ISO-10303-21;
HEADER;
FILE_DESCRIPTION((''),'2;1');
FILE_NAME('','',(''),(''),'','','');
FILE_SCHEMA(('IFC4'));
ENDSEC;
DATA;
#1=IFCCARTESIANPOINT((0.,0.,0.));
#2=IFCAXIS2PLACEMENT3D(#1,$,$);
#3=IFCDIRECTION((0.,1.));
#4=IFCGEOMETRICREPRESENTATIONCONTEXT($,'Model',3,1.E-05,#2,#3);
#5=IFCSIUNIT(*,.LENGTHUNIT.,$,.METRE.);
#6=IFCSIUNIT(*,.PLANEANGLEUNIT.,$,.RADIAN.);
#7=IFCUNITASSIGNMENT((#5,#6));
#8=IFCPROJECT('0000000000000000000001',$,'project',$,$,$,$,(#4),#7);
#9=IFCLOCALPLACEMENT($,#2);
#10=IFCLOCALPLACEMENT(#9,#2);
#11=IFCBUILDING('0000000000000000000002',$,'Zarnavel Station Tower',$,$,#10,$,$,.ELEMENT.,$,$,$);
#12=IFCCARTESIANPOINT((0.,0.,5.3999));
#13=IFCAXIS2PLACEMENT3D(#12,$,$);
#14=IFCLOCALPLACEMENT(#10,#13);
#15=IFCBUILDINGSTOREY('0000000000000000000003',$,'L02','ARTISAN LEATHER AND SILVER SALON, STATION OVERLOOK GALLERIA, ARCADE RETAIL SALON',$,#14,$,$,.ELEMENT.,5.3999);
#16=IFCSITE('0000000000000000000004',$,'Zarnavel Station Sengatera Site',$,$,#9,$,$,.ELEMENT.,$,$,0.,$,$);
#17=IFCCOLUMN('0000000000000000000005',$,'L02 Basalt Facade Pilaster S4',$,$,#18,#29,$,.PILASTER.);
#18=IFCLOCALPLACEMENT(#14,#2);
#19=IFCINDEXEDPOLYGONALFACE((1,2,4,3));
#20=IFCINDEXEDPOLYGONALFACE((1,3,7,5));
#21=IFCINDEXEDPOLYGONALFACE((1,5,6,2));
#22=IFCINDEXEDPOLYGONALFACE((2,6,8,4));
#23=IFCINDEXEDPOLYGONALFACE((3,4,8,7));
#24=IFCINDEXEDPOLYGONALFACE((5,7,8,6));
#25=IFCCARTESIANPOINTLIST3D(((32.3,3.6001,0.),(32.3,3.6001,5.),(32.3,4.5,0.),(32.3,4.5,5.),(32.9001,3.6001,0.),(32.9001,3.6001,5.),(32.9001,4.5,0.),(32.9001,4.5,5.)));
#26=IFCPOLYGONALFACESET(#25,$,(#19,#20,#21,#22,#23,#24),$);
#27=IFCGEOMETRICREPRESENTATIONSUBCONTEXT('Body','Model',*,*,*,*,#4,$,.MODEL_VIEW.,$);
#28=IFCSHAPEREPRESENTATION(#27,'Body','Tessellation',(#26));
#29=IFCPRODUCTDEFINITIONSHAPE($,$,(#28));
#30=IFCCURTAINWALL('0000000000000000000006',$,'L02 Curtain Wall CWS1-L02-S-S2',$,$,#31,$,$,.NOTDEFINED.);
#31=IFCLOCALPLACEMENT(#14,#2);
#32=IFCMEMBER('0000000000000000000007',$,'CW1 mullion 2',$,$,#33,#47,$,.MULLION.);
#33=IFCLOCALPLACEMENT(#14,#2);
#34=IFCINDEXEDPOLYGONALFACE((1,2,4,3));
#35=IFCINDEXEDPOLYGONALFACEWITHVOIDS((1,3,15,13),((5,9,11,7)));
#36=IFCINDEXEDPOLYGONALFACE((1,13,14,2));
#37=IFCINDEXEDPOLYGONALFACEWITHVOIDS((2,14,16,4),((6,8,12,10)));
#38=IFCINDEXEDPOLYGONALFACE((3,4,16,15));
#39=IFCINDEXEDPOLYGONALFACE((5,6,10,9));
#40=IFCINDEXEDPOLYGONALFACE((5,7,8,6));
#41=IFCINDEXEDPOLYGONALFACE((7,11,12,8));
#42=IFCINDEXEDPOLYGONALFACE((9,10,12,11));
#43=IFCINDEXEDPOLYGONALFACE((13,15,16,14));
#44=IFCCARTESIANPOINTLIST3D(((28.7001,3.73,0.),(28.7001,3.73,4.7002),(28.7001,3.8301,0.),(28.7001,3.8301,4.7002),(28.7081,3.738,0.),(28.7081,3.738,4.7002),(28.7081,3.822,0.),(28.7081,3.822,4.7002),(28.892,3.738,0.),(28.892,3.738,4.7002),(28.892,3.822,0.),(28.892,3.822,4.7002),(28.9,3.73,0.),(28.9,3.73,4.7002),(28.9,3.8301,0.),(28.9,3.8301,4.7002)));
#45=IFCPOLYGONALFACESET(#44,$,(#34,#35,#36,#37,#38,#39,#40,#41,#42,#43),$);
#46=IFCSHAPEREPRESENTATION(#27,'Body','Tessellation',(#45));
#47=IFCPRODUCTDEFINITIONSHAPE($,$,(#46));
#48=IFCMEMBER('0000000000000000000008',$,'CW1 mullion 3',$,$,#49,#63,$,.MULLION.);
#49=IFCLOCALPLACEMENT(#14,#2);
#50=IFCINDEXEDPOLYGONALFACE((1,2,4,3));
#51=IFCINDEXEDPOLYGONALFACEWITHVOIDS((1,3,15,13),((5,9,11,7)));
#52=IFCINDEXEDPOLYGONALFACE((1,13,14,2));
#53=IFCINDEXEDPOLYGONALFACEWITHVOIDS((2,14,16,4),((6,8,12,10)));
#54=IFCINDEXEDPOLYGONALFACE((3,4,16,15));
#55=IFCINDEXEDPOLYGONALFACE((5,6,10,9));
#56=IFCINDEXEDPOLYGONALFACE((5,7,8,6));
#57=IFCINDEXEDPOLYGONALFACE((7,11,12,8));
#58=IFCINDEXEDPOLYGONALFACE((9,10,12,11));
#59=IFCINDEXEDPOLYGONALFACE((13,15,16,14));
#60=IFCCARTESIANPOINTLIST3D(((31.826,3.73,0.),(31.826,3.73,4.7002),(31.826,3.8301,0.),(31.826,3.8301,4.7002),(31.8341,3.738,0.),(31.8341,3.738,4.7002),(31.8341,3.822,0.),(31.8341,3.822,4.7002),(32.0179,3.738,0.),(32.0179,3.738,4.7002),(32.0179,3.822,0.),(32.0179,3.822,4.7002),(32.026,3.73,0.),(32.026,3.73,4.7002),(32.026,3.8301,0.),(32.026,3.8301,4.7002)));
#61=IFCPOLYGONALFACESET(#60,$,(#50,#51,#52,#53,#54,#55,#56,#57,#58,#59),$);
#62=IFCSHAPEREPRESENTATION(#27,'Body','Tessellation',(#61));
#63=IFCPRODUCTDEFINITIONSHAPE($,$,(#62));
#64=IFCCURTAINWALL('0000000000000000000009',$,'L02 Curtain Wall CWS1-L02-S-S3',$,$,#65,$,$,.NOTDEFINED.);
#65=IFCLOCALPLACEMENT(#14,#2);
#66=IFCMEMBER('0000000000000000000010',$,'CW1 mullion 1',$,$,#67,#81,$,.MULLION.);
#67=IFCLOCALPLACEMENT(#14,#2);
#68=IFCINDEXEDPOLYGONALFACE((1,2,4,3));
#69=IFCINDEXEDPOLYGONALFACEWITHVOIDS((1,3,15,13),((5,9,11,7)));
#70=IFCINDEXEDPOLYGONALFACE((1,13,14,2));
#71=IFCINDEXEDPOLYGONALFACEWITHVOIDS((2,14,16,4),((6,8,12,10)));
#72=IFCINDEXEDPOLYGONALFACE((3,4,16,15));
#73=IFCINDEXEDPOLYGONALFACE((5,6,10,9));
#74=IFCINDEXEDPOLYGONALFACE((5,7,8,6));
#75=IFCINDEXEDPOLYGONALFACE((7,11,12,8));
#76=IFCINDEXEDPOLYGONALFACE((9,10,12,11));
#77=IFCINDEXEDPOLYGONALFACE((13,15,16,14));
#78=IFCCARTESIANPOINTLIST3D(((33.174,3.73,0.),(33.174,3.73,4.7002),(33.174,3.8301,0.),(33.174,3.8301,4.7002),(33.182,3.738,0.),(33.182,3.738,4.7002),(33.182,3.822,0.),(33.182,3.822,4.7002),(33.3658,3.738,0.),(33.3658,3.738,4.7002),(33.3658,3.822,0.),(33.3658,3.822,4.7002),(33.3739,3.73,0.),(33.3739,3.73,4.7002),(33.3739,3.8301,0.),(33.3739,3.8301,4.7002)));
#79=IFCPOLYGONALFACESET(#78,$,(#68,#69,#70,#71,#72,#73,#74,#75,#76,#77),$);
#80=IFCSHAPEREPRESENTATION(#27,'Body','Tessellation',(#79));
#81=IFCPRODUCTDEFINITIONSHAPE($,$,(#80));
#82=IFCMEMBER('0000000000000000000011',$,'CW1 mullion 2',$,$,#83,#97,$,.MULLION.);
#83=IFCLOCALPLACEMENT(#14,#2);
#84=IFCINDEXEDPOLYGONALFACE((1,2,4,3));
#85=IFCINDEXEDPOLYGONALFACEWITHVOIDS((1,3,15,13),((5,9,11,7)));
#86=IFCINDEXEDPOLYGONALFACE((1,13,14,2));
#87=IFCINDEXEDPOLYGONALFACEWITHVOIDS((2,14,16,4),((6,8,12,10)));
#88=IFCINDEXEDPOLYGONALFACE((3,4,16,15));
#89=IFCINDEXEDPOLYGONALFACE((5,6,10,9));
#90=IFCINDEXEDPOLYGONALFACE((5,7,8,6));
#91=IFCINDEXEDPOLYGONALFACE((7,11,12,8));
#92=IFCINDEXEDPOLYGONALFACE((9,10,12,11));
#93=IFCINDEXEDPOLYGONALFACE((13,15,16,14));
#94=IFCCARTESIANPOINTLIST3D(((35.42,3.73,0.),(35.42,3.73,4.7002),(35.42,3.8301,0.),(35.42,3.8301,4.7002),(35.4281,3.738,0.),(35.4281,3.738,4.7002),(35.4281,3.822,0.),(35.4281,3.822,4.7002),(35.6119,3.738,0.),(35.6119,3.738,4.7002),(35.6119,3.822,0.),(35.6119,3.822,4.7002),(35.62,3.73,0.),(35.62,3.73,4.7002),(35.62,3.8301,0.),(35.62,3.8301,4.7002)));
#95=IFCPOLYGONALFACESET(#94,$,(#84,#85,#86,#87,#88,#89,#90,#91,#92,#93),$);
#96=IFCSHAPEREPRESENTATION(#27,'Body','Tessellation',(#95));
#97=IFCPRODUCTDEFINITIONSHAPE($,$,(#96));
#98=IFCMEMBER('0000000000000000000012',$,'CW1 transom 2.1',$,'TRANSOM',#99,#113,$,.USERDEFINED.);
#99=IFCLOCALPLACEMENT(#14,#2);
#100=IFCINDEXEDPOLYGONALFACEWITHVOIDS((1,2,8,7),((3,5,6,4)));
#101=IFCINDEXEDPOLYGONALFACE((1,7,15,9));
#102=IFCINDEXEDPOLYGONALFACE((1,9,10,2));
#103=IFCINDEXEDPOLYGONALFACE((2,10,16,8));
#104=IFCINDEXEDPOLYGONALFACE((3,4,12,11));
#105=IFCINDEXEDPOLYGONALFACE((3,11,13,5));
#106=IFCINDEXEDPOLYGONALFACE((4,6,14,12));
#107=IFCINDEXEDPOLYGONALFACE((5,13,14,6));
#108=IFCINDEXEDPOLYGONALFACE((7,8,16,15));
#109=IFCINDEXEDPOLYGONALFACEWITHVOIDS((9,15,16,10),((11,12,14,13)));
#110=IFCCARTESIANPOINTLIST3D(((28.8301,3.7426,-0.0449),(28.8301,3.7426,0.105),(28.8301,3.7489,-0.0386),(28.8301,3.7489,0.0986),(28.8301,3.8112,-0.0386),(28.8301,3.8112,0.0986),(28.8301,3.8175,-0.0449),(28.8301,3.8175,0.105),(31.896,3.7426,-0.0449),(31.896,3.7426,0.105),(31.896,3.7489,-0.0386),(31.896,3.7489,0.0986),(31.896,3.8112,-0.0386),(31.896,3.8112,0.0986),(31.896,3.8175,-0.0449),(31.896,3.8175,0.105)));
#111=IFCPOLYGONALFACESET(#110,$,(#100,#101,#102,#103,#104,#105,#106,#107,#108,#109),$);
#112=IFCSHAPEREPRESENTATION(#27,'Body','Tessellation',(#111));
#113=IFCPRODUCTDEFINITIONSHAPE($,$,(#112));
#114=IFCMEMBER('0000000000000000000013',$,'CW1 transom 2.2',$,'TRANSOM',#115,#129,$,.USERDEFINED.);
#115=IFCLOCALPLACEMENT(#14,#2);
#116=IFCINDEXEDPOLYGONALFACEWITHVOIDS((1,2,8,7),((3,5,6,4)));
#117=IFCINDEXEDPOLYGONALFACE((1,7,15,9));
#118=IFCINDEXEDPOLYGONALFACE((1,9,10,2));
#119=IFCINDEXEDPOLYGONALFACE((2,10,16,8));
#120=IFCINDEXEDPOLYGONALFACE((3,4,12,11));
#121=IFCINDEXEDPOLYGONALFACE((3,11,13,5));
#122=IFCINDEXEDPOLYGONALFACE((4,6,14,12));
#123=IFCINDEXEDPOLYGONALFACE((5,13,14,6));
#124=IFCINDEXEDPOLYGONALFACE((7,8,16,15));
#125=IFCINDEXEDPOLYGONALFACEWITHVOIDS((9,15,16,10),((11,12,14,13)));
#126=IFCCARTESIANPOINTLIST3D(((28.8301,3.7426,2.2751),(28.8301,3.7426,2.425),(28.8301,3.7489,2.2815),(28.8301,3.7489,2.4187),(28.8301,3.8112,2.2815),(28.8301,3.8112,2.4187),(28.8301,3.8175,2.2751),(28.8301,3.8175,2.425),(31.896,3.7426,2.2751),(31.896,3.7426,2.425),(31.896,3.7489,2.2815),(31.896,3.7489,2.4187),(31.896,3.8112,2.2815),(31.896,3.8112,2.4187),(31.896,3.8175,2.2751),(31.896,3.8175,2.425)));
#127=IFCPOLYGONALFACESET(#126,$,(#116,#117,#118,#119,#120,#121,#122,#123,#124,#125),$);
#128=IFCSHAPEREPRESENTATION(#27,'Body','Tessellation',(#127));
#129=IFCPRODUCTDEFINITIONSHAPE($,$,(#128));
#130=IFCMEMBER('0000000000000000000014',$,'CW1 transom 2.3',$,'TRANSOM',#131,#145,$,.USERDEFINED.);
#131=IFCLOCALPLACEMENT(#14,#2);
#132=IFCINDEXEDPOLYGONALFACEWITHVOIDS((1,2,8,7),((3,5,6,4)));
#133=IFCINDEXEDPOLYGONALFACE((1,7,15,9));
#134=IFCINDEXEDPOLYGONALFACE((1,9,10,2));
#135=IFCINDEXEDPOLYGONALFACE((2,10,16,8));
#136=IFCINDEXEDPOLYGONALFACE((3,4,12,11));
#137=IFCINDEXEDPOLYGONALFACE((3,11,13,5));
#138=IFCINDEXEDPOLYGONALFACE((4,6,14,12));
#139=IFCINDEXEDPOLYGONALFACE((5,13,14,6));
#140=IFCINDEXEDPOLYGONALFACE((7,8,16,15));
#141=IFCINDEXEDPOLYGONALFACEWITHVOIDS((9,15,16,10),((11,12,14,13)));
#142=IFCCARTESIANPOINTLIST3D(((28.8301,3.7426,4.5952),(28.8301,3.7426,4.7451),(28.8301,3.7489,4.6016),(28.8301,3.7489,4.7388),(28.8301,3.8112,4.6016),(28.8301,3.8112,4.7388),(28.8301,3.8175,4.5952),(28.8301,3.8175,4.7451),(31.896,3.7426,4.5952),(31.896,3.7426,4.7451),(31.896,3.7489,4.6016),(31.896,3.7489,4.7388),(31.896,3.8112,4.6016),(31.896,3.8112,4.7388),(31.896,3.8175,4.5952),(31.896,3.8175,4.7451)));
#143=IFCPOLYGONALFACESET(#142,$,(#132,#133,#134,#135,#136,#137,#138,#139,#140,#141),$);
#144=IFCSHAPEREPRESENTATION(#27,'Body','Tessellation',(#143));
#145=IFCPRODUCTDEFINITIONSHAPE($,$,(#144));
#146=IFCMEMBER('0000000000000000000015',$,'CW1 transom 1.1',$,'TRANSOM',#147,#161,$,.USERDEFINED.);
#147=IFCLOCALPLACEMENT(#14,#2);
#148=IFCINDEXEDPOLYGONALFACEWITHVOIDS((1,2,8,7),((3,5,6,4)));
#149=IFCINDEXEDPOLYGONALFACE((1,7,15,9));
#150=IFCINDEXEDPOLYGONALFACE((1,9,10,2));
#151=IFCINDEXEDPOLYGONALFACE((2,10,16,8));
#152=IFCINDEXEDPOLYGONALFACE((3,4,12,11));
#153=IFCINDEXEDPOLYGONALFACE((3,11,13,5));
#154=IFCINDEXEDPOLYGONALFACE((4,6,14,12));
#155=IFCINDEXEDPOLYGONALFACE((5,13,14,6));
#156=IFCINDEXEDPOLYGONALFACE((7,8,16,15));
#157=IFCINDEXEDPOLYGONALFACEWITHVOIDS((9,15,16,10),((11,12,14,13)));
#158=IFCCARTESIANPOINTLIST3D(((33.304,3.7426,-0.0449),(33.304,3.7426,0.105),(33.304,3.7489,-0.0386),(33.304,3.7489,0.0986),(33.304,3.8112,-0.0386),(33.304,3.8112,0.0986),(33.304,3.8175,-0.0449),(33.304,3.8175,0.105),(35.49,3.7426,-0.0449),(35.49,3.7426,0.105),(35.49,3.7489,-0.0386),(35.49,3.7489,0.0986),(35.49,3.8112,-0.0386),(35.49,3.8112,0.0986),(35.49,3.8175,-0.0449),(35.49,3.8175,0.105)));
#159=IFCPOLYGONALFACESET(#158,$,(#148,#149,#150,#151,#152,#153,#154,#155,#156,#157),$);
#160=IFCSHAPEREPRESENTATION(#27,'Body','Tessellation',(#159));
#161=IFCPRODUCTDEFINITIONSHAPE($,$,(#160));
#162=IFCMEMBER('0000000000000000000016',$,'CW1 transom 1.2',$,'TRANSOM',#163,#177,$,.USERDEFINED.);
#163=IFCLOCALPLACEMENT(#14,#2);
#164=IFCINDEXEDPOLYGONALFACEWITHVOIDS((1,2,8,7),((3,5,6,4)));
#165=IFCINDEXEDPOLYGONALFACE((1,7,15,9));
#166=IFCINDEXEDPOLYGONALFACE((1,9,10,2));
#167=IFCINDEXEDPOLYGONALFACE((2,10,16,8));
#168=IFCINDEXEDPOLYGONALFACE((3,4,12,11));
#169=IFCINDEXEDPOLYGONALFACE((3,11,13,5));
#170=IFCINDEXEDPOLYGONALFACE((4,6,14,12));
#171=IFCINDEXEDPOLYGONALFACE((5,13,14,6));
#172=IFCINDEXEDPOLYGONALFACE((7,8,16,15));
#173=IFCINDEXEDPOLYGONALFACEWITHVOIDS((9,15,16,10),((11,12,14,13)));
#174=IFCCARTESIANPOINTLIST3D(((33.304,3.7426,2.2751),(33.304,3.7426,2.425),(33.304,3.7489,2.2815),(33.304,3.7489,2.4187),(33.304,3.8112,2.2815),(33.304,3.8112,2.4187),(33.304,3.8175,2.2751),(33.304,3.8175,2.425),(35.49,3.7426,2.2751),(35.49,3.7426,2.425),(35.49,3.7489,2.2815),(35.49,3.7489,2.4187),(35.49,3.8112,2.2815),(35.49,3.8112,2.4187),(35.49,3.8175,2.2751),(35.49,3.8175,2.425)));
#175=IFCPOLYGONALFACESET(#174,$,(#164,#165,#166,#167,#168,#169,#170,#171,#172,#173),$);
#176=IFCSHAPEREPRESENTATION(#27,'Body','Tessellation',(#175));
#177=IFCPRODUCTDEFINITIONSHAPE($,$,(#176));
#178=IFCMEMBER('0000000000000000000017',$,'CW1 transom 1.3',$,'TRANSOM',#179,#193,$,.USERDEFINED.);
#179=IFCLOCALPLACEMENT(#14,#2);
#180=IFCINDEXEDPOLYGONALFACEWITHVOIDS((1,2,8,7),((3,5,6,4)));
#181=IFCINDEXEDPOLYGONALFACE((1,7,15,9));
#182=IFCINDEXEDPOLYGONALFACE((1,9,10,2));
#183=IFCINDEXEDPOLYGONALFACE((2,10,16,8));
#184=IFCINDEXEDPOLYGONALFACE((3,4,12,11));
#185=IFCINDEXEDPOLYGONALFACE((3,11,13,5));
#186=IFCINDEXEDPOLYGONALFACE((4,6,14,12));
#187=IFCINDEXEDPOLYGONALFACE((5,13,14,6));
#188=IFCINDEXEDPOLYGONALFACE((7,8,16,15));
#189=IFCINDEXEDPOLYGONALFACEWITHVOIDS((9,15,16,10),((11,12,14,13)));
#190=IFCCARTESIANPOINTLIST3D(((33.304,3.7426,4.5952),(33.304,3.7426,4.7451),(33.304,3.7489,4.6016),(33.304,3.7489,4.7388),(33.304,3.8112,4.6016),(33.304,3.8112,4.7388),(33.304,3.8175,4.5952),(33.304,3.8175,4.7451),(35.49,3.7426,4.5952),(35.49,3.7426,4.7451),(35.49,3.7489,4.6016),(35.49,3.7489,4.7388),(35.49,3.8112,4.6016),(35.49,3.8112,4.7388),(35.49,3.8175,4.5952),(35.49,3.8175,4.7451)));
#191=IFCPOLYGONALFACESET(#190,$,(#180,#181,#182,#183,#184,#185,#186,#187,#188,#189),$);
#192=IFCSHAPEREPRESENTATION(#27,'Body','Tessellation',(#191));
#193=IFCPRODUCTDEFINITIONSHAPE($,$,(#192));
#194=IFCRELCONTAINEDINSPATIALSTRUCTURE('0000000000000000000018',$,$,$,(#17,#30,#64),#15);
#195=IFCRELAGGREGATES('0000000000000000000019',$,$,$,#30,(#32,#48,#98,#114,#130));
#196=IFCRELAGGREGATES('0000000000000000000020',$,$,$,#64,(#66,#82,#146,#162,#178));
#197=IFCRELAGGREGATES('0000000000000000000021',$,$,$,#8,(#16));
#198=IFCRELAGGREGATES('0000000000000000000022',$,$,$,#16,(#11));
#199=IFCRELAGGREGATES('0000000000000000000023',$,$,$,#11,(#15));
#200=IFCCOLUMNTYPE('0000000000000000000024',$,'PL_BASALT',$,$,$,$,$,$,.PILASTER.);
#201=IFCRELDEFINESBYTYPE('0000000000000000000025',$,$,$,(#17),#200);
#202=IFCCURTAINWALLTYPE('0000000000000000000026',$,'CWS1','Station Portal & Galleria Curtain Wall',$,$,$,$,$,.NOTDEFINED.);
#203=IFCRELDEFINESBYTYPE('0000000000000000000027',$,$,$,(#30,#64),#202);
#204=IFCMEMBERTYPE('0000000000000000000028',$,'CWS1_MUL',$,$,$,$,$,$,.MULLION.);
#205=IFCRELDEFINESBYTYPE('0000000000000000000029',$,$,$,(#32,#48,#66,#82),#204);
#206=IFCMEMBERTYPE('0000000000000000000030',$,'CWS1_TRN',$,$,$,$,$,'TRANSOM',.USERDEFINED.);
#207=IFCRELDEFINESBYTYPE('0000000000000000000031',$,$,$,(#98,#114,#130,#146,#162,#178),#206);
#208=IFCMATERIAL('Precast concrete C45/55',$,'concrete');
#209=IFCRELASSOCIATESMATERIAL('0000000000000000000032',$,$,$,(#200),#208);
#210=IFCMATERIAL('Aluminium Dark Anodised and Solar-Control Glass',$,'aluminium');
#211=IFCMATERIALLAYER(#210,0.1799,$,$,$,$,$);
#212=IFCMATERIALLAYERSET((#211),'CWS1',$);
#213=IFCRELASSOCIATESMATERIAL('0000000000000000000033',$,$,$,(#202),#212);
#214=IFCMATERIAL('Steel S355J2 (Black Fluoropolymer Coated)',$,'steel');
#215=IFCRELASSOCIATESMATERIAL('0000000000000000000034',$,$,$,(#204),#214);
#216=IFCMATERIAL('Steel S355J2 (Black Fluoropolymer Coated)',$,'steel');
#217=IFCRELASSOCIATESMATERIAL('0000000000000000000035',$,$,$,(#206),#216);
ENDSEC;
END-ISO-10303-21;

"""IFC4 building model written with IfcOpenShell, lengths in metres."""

from ifc_helpers import new_model, si_unit, direction, frame, origin, origin_2d, place, context, subcontext, project, spatial, rectangle, hollow_rectangle, extrude, material, layer, layer_set, material_profile, profile_set, type_object, element, aggregate, save


model = new_model("IFC4")

# Units and contexts
model_context = context("Model", 3, precision=1e-05, world=origin(), true_north=direction((0.0, 1.0)))
body_context = subcontext(model_context, "Body", "Model", "MODEL_VIEW")
ifc_project = project(units=[si_unit("LENGTHUNIT", "METRE"), si_unit("PLANEANGLEUNIT", "RADIAN")], contexts=[model_context])

# Site, building, storey
site_placement = place(None, origin())
site = spatial("IfcSite", under=ifc_project, at=site_placement, Name="Zarnavel Station Sengatera Site", CompositionType="ELEMENT", RefElevation=0.0)
building_placement = place(site_placement, origin())
building = spatial("IfcBuilding", under=site, at=building_placement, Name="Zarnavel Station Tower", CompositionType="ELEMENT")
storey_placement = place(building_placement, frame((0.0, 0.0, 5.3999)))
storey = spatial("IfcBuildingStorey", under=building, at=storey_placement, Name="L02", Description="ARTISAN LEATHER AND SILVER SALON, STATION OVERLOOK GALLERIA, ARCADE RETAIL SALON", CompositionType="ELEMENT", Elevation=5.3999)

# Column
ifc_material_1 = material(Name="Precast concrete C45/55", Category="concrete")
ifc_material_profile_1 = material_profile(ifc_material_1, rectangle(XDim=0.6001, YDim=0.8999, at=origin_2d()), Name="RC600x900")
ifc_profile_set_1 = profile_set([ifc_material_profile_1], Name="Precast concrete C45/55")
column_type = type_object("IfcColumnType", Name="PL_BASALT", PredefinedType="PILASTER", material=ifc_profile_set_1)
column_placement = place(storey_placement, frame((32.6001, 4.05, 0.0), z_axis=(0.0, 0.0, 1.0), x_axis=(1.0, 0.0, 0.0)))
element("IfcColumn", 1, at=column_placement, inside=storey, type_object=column_type, Name="L02 Basalt Facade Pilaster S4", PredefinedType="PILASTER", context=body_context, shape_type="SweptSolid", body=[
    extrude(rectangle(XDim=0.6001, YDim=0.8999, at=origin_2d()), origin(), (0.0, 0.0, 1.0), 5.0),
])

# Curtain walls, members
ifc_material_2 = material(Name="Aluminium Dark Anodised and Solar-Control Glass", Category="aluminium")
ifc_layer_1 = layer(ifc_material_2, 0.1799)
ifc_layer_set_1 = layer_set([ifc_layer_1], Name="CWS1")
curtain_wall_type = type_object("IfcCurtainWallType", Name="CWS1", Description="Station Portal & Galleria Curtain Wall", PredefinedType="NOTDEFINED", material=ifc_layer_set_1)
curtain_wall_1_placement = place(storey_placement, origin())
curtain_wall_1 = element("IfcCurtainWall", 2, at=curtain_wall_1_placement, inside=storey, type_object=curtain_wall_type, Name="L02 Curtain Wall CWS1-L02-S-S2", PredefinedType="NOTDEFINED")
ifc_material_3 = material(Name="Steel S355J2 (Black Fluoropolymer Coated)", Category="steel")
ifc_material_profile_2 = material_profile(ifc_material_3, hollow_rectangle(XDim=0.1001, YDim=0.2, WallThickness=0.0081, at=origin_2d()), Name="RHS200x100x8")
ifc_profile_set_2 = profile_set([ifc_material_profile_2], Name="Steel S355J2 (Black Fluoropolymer Coated)")
member_type_1 = type_object("IfcMemberType", Name="CWS1_MUL", PredefinedType="MULLION", material=ifc_profile_set_2)
member_1_placement = place(storey_placement, frame((28.8, 3.78, 0.0), z_axis=(0.0, 0.0, 1.0), x_axis=(0.0, 1.0, 0.0)))
member_1 = element("IfcMember", 3, at=member_1_placement, type_object=member_type_1, Name="CW1 mullion 2", PredefinedType="MULLION", context=body_context, shape_type="SweptSolid", body=[
    extrude(hollow_rectangle(XDim=0.1001, YDim=0.2, WallThickness=0.0081, at=origin_2d()), origin(), (0.0, 0.0, 1.0), 4.7002),
])
member_2_placement = place(storey_placement, frame((31.926, 3.78, 0.0), z_axis=(0.0, 0.0, 1.0), x_axis=(0.0, 1.0, 0.0)))
member_2 = element("IfcMember", 4, at=member_2_placement, type_object=member_type_1, Name="CW1 mullion 3", PredefinedType="MULLION", context=body_context, shape_type="SweptSolid", body=[
    extrude(hollow_rectangle(XDim=0.1001, YDim=0.2, WallThickness=0.0081, at=origin_2d()), origin(), (0.0, 0.0, 1.0), 4.7002),
])
curtain_wall_2_placement = place(storey_placement, origin())
curtain_wall_2 = element("IfcCurtainWall", 5, at=curtain_wall_2_placement, inside=storey, type_object=curtain_wall_type, Name="L02 Curtain Wall CWS1-L02-S-S3", PredefinedType="NOTDEFINED")
member_3_placement = place(storey_placement, frame((33.2739, 3.78, 0.0), z_axis=(0.0, 0.0, 1.0), x_axis=(0.0, 1.0, 0.0)))
member_3 = element("IfcMember", 6, at=member_3_placement, type_object=member_type_1, Name="CW1 mullion 1", PredefinedType="MULLION", context=body_context, shape_type="SweptSolid", body=[
    extrude(hollow_rectangle(XDim=0.1001, YDim=0.2, WallThickness=0.0081, at=origin_2d()), origin(), (0.0, 0.0, 1.0), 4.7002),
])
member_4_placement = place(storey_placement, frame((35.52, 3.78, 0.0), z_axis=(0.0, 0.0, 1.0), x_axis=(0.0, 1.0, 0.0)))
member_4 = element("IfcMember", 7, at=member_4_placement, type_object=member_type_1, Name="CW1 mullion 2", PredefinedType="MULLION", context=body_context, shape_type="SweptSolid", body=[
    extrude(hollow_rectangle(XDim=0.1001, YDim=0.2, WallThickness=0.0081, at=origin_2d()), origin(), (0.0, 0.0, 1.0), 4.7002),
])

# Members
ifc_material_4 = material(Name="Steel S355J2 (Black Fluoropolymer Coated)", Category="steel")
ifc_material_profile_3 = material_profile(ifc_material_4, hollow_rectangle(XDim=0.075, YDim=0.1499, WallThickness=0.0063, at=origin_2d()), Name="RHS150x75x6.3")
ifc_profile_set_3 = profile_set([ifc_material_profile_3], Name="Steel S355J2 (Black Fluoropolymer Coated)")
member_type_2 = type_object("IfcMemberType", Name="CWS1_TRN", ElementType="TRANSOM", PredefinedType="USERDEFINED", material=ifc_profile_set_3)
member_5_placement = place(storey_placement, frame((28.8301, 3.78, 0.03), z_axis=(1.0, 0.0, 0.0), x_axis=(0.0, 1.0, 0.0)))
member_5 = element("IfcMember", 8, at=member_5_placement, type_object=member_type_2, Name="CW1 transom 2.1", ObjectType="TRANSOM", PredefinedType="USERDEFINED", context=body_context, shape_type="SweptSolid", body=[
    extrude(hollow_rectangle(XDim=0.075, YDim=0.1499, WallThickness=0.0063, at=origin_2d()), origin(), (0.0, 0.0, 1.0), 3.0659),
])
member_6_placement = place(storey_placement, frame((28.8301, 3.78, 2.3501), z_axis=(1.0, 0.0, 0.0), x_axis=(0.0, 1.0, 0.0)))
member_6 = element("IfcMember", 9, at=member_6_placement, type_object=member_type_2, Name="CW1 transom 2.2", ObjectType="TRANSOM", PredefinedType="USERDEFINED", context=body_context, shape_type="SweptSolid", body=[
    extrude(hollow_rectangle(XDim=0.075, YDim=0.1499, WallThickness=0.0063, at=origin_2d()), origin(), (0.0, 0.0, 1.0), 3.0659),
])
member_7_placement = place(storey_placement, frame((28.8301, 3.78, 4.6702), z_axis=(1.0, 0.0, 0.0), x_axis=(0.0, 1.0, 0.0)))
member_7 = element("IfcMember", 10, at=member_7_placement, type_object=member_type_2, Name="CW1 transom 2.3", ObjectType="TRANSOM", PredefinedType="USERDEFINED", context=body_context, shape_type="SweptSolid", body=[
    extrude(hollow_rectangle(XDim=0.075, YDim=0.1499, WallThickness=0.0063, at=origin_2d()), origin(), (0.0, 0.0, 1.0), 3.0659),
])
member_8_placement = place(storey_placement, frame((33.304, 3.78, 0.03), z_axis=(1.0, 0.0, 0.0), x_axis=(0.0, 1.0, 0.0)))
member_8 = element("IfcMember", 11, at=member_8_placement, type_object=member_type_2, Name="CW1 transom 1.1", ObjectType="TRANSOM", PredefinedType="USERDEFINED", context=body_context, shape_type="SweptSolid", body=[
    extrude(hollow_rectangle(XDim=0.075, YDim=0.1499, WallThickness=0.0063, at=origin_2d()), origin(), (0.0, 0.0, 1.0), 2.186),
])
member_9_placement = place(storey_placement, frame((33.304, 3.78, 2.3501), z_axis=(1.0, 0.0, 0.0), x_axis=(0.0, 1.0, 0.0)))
member_9 = element("IfcMember", 12, at=member_9_placement, type_object=member_type_2, Name="CW1 transom 1.2", ObjectType="TRANSOM", PredefinedType="USERDEFINED", context=body_context, shape_type="SweptSolid", body=[
    extrude(hollow_rectangle(XDim=0.075, YDim=0.1499, WallThickness=0.0063, at=origin_2d()), origin(), (0.0, 0.0, 1.0), 2.186),
])
member_10_placement = place(storey_placement, frame((33.304, 3.78, 4.6702), z_axis=(1.0, 0.0, 0.0), x_axis=(0.0, 1.0, 0.0)))
member_10 = element("IfcMember", 13, at=member_10_placement, type_object=member_type_2, Name="CW1 transom 1.3", ObjectType="TRANSOM", PredefinedType="USERDEFINED", context=body_context, shape_type="SweptSolid", body=[
    extrude(hollow_rectangle(XDim=0.075, YDim=0.1499, WallThickness=0.0063, at=origin_2d()), origin(), (0.0, 0.0, 1.0), 2.186),
])

aggregate(curtain_wall_1, [member_1, member_2, member_5, member_6, member_7])
aggregate(curtain_wall_2, [member_3, member_4, member_8, member_9, member_10])

save(model, "model.ifc")
